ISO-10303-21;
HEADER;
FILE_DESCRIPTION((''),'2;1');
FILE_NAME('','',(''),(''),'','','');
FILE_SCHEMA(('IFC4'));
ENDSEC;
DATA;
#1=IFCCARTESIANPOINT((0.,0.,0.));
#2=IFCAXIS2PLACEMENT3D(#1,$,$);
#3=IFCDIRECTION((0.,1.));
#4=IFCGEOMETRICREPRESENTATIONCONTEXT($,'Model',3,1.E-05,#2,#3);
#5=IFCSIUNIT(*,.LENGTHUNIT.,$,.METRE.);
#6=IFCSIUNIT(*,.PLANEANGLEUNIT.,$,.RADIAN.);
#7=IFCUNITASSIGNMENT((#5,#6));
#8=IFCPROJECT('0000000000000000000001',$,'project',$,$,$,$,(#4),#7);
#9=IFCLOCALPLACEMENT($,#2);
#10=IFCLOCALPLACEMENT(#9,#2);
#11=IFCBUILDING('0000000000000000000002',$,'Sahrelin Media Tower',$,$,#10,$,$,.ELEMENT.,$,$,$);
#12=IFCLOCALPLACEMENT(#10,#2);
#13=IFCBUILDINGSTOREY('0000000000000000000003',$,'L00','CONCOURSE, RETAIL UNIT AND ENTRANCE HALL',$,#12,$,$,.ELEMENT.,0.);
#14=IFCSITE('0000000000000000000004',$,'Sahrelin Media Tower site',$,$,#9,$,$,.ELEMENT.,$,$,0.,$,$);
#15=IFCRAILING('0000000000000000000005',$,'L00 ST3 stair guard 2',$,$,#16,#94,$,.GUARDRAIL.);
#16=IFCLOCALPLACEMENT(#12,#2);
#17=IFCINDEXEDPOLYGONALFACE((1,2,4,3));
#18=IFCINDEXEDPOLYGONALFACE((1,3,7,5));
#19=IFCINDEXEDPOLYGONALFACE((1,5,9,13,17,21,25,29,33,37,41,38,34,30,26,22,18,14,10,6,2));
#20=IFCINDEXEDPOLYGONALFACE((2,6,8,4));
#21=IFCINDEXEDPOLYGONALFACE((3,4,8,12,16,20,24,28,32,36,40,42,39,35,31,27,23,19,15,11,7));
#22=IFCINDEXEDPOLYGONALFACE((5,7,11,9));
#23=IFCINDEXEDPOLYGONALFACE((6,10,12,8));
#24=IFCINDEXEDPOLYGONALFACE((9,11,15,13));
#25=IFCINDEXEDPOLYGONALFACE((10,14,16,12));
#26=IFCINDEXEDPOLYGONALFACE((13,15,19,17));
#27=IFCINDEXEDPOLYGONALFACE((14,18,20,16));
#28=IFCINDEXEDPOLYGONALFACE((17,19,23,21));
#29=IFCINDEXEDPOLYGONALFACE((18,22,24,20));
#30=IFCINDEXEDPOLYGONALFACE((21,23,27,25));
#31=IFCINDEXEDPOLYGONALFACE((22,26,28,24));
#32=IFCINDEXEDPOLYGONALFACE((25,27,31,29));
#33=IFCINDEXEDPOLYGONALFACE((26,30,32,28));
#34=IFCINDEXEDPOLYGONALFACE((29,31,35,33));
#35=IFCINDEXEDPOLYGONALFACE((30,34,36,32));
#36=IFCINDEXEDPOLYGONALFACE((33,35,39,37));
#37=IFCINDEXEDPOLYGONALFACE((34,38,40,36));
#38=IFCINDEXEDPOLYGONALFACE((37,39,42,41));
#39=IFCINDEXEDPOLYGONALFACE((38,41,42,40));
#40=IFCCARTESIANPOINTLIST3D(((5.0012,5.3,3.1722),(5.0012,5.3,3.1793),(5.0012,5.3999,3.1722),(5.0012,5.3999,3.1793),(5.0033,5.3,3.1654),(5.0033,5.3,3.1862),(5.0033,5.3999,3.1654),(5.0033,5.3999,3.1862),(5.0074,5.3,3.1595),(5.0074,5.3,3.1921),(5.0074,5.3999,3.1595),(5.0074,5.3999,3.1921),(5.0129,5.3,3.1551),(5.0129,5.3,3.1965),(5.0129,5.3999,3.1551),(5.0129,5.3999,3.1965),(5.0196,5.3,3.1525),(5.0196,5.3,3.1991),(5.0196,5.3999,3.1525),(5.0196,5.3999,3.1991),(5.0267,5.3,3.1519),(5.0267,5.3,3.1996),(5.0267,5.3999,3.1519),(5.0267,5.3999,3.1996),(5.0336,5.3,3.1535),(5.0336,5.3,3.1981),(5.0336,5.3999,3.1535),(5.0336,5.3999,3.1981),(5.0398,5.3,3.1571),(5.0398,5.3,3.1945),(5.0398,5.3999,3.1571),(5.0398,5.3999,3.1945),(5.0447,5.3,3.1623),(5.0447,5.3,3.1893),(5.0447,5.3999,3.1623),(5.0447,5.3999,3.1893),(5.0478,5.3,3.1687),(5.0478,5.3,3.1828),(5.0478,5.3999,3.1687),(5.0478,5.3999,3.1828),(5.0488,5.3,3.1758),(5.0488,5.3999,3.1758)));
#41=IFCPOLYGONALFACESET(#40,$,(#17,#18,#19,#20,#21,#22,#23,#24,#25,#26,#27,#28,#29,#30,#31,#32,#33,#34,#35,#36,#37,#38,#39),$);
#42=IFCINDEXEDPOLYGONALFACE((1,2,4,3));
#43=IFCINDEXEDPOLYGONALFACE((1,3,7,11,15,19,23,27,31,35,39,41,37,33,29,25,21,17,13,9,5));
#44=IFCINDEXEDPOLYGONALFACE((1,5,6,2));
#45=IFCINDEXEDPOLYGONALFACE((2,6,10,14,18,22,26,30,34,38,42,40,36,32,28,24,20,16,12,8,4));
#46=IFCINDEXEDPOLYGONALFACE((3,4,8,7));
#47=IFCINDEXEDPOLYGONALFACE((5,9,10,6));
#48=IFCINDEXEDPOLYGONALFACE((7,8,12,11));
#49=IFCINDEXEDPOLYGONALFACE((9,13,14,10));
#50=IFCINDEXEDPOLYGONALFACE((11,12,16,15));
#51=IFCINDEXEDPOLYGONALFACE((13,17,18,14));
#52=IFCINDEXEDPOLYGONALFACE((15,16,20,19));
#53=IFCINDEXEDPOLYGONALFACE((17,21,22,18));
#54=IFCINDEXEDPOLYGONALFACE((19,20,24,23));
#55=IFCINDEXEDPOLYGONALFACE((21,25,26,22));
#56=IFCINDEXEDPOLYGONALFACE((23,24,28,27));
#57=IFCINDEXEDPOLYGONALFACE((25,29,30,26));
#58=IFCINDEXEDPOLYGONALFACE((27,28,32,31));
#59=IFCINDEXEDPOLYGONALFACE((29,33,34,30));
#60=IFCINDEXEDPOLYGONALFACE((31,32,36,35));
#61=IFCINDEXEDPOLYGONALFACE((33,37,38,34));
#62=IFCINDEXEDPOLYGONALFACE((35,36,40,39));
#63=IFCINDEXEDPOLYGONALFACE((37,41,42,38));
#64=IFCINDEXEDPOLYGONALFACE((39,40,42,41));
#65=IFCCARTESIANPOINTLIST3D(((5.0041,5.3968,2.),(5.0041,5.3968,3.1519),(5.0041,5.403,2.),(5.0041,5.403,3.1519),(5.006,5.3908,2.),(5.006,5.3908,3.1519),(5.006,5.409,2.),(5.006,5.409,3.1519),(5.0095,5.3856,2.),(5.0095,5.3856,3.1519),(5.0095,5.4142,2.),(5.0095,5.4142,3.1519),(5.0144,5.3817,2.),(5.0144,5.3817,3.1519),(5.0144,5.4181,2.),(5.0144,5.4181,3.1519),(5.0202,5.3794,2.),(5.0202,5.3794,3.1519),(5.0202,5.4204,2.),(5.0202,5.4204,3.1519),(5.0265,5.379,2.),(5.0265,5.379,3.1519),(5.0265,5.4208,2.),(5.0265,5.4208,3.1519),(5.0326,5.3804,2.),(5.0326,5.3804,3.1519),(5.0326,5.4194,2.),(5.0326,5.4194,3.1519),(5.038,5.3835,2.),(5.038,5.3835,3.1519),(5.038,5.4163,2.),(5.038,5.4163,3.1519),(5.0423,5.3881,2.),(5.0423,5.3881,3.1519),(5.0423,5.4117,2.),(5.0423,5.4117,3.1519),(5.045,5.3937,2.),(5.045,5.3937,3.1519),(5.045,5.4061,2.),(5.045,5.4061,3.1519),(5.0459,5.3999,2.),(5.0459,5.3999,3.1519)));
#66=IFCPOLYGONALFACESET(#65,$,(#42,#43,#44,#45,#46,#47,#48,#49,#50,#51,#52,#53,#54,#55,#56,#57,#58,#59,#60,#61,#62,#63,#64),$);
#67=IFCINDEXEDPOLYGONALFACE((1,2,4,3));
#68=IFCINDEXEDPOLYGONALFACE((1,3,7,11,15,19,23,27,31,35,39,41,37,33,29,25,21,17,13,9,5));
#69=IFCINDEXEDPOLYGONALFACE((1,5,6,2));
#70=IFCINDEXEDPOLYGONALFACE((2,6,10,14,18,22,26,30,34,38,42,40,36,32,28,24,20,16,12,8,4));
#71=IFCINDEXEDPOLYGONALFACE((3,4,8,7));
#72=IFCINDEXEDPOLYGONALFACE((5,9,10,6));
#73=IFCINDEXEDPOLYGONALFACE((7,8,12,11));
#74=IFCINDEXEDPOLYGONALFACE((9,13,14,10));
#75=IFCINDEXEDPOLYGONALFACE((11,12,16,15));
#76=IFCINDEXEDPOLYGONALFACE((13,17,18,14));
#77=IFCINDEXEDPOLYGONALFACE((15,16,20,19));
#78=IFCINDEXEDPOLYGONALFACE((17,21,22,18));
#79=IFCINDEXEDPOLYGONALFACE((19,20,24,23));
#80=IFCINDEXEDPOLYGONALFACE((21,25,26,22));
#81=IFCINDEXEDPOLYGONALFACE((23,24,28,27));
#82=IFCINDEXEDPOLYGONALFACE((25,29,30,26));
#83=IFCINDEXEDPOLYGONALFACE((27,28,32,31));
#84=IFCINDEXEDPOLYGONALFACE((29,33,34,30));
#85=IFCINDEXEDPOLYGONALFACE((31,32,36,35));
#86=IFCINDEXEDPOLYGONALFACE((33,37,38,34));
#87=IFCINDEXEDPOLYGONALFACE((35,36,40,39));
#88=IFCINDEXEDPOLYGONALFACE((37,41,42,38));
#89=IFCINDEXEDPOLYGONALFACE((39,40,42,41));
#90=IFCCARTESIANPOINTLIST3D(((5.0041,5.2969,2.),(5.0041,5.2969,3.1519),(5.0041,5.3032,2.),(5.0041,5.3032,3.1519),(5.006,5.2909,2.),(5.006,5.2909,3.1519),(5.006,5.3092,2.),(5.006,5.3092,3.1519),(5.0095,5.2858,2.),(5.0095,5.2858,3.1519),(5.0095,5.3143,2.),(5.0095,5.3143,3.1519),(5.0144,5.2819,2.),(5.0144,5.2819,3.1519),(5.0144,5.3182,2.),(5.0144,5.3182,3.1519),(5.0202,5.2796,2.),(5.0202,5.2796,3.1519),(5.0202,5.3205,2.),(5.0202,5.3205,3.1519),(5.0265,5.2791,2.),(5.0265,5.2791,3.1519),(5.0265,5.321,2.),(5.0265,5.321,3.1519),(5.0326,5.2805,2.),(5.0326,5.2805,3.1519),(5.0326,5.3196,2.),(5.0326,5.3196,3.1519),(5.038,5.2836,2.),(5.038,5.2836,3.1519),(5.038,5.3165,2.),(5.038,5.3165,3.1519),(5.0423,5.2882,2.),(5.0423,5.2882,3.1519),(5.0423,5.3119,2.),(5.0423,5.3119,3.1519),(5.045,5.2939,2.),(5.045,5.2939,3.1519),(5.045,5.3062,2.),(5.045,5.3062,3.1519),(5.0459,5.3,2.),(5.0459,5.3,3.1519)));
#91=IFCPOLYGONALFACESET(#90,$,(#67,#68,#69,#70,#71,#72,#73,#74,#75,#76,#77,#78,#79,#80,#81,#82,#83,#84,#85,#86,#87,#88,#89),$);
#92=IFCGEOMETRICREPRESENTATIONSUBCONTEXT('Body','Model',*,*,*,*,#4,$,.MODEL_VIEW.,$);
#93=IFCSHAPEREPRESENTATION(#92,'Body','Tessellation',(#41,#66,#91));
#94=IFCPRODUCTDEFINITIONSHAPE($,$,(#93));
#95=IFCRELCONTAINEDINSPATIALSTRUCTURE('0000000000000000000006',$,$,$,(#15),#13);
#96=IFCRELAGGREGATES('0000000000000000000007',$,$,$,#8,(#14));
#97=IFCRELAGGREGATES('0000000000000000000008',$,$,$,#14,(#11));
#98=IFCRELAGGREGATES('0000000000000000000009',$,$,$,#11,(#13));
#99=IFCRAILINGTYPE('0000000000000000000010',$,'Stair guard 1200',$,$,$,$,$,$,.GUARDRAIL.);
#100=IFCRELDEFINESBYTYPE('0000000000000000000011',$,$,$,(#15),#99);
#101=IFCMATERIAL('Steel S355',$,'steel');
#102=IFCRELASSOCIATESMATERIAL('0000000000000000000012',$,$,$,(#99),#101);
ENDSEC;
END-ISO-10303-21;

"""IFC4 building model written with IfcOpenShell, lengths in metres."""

from ifc_helpers import new_model, si_unit, direction, frame, origin, origin_2d, place, context, subcontext, project, spatial, circle, extrude, material, type_object, element, save


model = new_model("IFC4")

# Units and contexts
model_context = context("Model", 3, precision=1e-05, world=origin(), true_north=direction((0.0, 1.0)))
body_context = subcontext(model_context, "Body", "Model", "MODEL_VIEW")
ifc_project = project(units=[si_unit("LENGTHUNIT", "METRE"), si_unit("PLANEANGLEUNIT", "RADIAN")], contexts=[model_context])

# Site, building, storey
site_placement = place(None, origin())
site = spatial("IfcSite", under=ifc_project, at=site_placement, Name="Sahrelin Media Tower site", CompositionType="ELEMENT", RefElevation=0.0)
building_placement = place(site_placement, origin())
building = spatial("IfcBuilding", under=site, at=building_placement, Name="Sahrelin Media Tower", CompositionType="ELEMENT")
storey_placement = place(building_placement, origin())
storey = spatial("IfcBuildingStorey", under=building, at=storey_placement, Name="L00", Description="CONCOURSE, RETAIL UNIT AND ENTRANCE HALL", CompositionType="ELEMENT", Elevation=0.0)

# Shared definitions
ifc_material_1 = material(Name="Steel S355", Category="steel")

# Railing
railing_type_1 = type_object("IfcRailingType", Name="Stair guard 1200", PredefinedType="GUARDRAIL", material=ifc_material_1)
railing_1_placement = place(storey_placement, frame((5.0249, 5.3999, 2.0)))
element("IfcRailing", 1, at=railing_1_placement, inside=storey, type_object=railing_type_1, Name="L00 ST3 stair guard 2", PredefinedType="GUARDRAIL", context=body_context, shape_type="SweptSolid", body=[
    extrude(circle(Radius=0.0239, at=origin_2d()), frame((0.0, 0.0, 1.1758), z_axis=(0.0, -1.0, 0.0), x_axis=(1.0, 0.0, 0.0)), (0.0, 0.0, 1.0), 0.0999),
    extrude(circle(Radius=0.021, at=origin_2d()), origin(), (0.0, 0.0, 1.0), 1.1519),
    extrude(circle(Radius=0.021, at=origin_2d()), frame((0.0, -0.0999, 0.0)), (0.0, 0.0, 1.0), 1.1519),
])

save(model, "model.ifc")
